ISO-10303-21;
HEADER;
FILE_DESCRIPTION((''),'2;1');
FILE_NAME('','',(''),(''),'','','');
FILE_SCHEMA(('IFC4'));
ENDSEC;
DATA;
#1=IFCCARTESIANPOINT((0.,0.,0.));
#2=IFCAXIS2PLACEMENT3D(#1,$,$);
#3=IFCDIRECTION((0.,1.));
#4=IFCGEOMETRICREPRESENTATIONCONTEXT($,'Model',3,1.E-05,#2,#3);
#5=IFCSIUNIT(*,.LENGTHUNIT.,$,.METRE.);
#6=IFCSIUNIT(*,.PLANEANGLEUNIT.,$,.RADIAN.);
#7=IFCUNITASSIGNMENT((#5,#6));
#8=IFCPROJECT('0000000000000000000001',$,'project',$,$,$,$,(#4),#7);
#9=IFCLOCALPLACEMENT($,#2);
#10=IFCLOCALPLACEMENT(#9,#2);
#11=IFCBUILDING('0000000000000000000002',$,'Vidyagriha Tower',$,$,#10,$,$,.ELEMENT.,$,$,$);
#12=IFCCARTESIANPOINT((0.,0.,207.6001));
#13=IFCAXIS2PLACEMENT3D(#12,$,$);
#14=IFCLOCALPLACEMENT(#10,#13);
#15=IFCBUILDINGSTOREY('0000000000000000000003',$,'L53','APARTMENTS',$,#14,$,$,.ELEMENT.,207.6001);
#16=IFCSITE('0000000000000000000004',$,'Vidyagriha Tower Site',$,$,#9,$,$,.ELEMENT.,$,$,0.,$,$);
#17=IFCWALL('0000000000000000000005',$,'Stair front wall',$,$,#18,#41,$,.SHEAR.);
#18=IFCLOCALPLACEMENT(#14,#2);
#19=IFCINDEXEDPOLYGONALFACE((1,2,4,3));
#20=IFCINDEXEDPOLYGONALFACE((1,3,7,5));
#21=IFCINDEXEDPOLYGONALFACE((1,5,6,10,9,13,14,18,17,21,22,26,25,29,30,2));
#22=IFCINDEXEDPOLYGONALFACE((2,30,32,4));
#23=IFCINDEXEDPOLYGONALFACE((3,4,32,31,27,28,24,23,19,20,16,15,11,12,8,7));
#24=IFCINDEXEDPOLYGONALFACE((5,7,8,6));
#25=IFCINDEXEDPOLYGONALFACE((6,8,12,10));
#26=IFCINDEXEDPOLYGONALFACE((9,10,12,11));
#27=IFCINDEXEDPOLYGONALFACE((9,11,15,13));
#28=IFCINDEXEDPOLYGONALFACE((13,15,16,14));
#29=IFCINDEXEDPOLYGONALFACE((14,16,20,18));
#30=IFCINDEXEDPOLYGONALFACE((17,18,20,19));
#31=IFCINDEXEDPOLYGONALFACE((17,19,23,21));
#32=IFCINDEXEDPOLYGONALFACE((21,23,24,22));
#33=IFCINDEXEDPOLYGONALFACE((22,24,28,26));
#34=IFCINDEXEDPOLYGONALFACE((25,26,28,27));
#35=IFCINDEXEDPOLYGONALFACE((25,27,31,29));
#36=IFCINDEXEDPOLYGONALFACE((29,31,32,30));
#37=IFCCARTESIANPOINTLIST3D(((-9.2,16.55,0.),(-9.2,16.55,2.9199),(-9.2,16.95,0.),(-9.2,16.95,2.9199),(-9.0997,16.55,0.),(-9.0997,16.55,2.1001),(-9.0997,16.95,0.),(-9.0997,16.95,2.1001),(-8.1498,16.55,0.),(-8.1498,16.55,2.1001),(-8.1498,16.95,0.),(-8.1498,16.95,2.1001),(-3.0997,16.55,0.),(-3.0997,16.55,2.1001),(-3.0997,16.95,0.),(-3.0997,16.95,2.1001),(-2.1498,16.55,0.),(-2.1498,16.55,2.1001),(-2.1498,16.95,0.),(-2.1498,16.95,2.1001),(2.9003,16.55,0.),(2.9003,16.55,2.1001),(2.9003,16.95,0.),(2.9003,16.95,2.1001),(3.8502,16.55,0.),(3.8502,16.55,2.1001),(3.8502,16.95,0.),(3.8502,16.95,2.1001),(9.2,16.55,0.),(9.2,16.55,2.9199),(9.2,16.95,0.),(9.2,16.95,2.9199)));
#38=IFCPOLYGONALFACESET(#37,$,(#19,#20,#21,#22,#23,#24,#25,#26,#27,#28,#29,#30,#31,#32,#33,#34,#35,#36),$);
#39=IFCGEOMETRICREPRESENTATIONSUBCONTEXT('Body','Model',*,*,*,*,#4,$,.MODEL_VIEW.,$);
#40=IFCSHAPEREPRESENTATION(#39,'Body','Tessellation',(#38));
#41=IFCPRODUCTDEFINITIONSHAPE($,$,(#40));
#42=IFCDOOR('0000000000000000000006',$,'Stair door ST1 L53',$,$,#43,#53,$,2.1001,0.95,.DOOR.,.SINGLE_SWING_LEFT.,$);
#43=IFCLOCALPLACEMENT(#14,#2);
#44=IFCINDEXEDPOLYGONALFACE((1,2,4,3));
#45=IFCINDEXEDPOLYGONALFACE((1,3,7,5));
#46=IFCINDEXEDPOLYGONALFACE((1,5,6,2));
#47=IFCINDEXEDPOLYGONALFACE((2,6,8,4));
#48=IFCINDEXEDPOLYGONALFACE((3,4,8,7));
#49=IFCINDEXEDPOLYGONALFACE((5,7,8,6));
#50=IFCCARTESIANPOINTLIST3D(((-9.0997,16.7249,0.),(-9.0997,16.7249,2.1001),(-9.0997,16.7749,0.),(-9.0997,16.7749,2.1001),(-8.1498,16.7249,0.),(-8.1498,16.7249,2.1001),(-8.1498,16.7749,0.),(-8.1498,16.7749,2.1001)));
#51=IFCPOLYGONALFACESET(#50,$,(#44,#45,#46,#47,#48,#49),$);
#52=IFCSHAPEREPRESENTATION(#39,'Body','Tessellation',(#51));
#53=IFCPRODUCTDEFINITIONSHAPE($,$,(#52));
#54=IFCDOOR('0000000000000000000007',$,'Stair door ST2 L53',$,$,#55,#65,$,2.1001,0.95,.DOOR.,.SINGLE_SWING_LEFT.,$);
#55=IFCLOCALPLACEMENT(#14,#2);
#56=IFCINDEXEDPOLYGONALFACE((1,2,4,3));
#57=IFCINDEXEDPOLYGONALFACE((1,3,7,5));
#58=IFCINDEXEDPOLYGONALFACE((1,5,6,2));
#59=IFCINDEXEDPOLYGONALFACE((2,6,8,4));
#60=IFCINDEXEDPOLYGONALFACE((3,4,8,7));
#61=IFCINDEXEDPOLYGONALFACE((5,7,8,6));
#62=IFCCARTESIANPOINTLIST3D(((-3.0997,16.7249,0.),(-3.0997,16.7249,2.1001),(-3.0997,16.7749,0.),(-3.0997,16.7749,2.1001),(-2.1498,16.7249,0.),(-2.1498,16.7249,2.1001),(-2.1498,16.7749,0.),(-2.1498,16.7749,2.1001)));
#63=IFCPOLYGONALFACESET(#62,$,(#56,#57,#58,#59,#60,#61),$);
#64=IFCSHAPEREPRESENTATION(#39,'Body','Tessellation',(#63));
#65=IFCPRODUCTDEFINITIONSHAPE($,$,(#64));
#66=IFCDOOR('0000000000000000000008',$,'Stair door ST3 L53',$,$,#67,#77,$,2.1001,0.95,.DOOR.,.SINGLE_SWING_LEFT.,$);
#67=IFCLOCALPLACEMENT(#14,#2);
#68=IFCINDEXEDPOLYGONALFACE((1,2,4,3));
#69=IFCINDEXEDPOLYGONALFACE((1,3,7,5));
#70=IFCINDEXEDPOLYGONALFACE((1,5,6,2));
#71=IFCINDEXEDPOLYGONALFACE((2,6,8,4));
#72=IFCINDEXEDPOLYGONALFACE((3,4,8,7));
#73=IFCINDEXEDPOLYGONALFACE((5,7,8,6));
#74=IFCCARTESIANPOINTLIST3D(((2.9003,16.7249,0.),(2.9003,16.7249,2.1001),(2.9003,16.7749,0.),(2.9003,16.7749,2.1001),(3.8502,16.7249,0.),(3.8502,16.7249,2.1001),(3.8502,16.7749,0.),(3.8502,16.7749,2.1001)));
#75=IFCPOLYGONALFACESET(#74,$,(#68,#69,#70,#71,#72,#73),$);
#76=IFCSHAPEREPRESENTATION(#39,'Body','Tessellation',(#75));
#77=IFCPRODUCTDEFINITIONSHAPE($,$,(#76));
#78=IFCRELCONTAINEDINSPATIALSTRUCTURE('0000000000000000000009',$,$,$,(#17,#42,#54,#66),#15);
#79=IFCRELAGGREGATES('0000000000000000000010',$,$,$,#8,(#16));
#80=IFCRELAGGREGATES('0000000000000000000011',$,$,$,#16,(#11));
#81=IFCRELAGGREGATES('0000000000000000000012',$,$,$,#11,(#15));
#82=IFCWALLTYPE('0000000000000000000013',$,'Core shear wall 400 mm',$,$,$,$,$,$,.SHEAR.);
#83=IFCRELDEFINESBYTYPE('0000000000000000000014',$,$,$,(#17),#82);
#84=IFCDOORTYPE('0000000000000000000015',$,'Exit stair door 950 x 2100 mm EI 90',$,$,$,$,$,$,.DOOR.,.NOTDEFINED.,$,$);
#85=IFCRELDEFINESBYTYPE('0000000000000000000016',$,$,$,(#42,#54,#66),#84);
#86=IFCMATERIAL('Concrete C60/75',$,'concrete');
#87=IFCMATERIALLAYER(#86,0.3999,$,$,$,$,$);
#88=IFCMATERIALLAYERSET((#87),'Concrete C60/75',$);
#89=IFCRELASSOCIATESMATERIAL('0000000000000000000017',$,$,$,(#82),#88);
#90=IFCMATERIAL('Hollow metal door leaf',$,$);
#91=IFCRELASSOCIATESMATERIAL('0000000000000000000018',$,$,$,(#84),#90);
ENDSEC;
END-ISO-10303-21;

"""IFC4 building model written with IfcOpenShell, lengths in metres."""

from ifc_helpers import new_model, si_unit, direction, frame, frame_2d, origin, place, context, subcontext, project, spatial, rectangle, extrude, material, layer, layer_set, type_object, element, fill, save


model = new_model("IFC4")

# Units and contexts
model_context = context("Model", 3, precision=1e-05, world=origin(), true_north=direction((0.0, 1.0)))
body_context = subcontext(model_context, "Body", "Model", "MODEL_VIEW")
ifc_project = project(units=[si_unit("LENGTHUNIT", "METRE"), si_unit("PLANEANGLEUNIT", "RADIAN")], contexts=[model_context])

# Site, building, storey
site_placement = place(None, origin())
site = spatial("IfcSite", under=ifc_project, at=site_placement, Name="Vidyagriha Tower Site", CompositionType="ELEMENT", RefElevation=0.0)
building_placement = place(site_placement, origin())
building = spatial("IfcBuilding", under=site, at=building_placement, Name="Vidyagriha Tower", CompositionType="ELEMENT")
storey_placement = place(building_placement, frame((0.0, 0.0, 207.6001)))
storey = spatial("IfcBuildingStorey", under=building, at=storey_placement, Name="L53", Description="APARTMENTS", CompositionType="ELEMENT", Elevation=207.6001)

# Shared definitions
ifc_material_1 = material(Name="Concrete C60/75", Category="concrete")
ifc_layer_1 = layer(ifc_material_1, 0.3999)
ifc_layer_set_1 = layer_set([ifc_layer_1], Name="Concrete C60/75")
wall_type = type_object("IfcWallType", Name="Core shear wall 400 mm", PredefinedType="SHEAR", material=ifc_layer_set_1)

# Wall, openings, doors
wall_1_placement = place(storey_placement, frame((-9.2, 16.75, 0.0)))
wall_1 = element("IfcWall", 1, at=wall_1_placement, inside=storey, type_object=wall_type, Name="Stair front wall", PredefinedType="SHEAR", context=body_context, shape_type="SweptSolid", body=[
    extrude(rectangle(XDim=18.3999, YDim=0.3999, at=frame_2d((9.2, 0.0))), origin(), (0.0, 0.0, 1.0), 2.9199),
])
opening_1_placement = place(wall_1_placement, frame((0.1001, 0.0, 0.0)))
opening_1 = element("IfcOpeningElement", 2, at=opening_1_placement, cuts=wall_1, PredefinedType="OPENING", context=body_context, shape_type="SweptSolid", body=[
    extrude(rectangle(XDim=0.95, YDim=2.1001, at=frame_2d((0.4751, 1.05))), frame((0.0, 0.21, 0.0), z_axis=(0.0, -1.0, 0.0), x_axis=(1.0, 0.0, 0.0)), (0.0, 0.0, 1.0), 0.4199),
])
opening_2_placement = place(wall_1_placement, frame((6.1001, 0.0, 0.0)))
opening_2 = element("IfcOpeningElement", 3, at=opening_2_placement, cuts=wall_1, PredefinedType="OPENING", context=body_context, shape_type="SweptSolid", body=[
    extrude(rectangle(XDim=0.95, YDim=2.1001, at=frame_2d((0.4751, 1.05))), frame((0.0, 0.21, 0.0), z_axis=(0.0, -1.0, 0.0), x_axis=(1.0, 0.0, 0.0)), (0.0, 0.0, 1.0), 0.4199),
])
opening_3_placement = place(wall_1_placement, frame((12.1001, 0.0, 0.0)))
opening_3 = element("IfcOpeningElement", 4, at=opening_3_placement, cuts=wall_1, PredefinedType="OPENING", context=body_context, shape_type="SweptSolid", body=[
    extrude(rectangle(XDim=0.95, YDim=2.1001, at=frame_2d((0.4751, 1.05))), frame((0.0, 0.21, 0.0), z_axis=(0.0, -1.0, 0.0), x_axis=(1.0, 0.0, 0.0)), (0.0, 0.0, 1.0), 0.4199),
])
ifc_material_2 = material(Name="Hollow metal door leaf")
door_type = type_object("IfcDoorType", Name="Exit stair door 950 x 2100 mm EI 90", OperationType="NOTDEFINED", PredefinedType="DOOR", material=ifc_material_2)
door_1_placement = place(opening_1_placement, origin())
door_1 = element("IfcDoor", 5, at=door_1_placement, inside=storey, type_object=door_type, Name="Stair door ST1 L53", OperationType="SINGLE_SWING_LEFT", OverallHeight=2.1001, OverallWidth=0.95, PredefinedType="DOOR", context=body_context, shape_type="SweptSolid", body=[
    extrude(rectangle(XDim=0.95, YDim=2.1001, at=frame_2d((0.4751, 1.05))), frame((0.0, 0.0249, 0.0), z_axis=(0.0, -1.0, 0.0), x_axis=(1.0, 0.0, 0.0)), (0.0, 0.0, 1.0), 0.05),
])
fill(opening_1, door_1)
door_2_placement = place(opening_2_placement, origin())
door_2 = element("IfcDoor", 6, at=door_2_placement, inside=storey, type_object=door_type, Name="Stair door ST2 L53", OperationType="SINGLE_SWING_LEFT", OverallHeight=2.1001, OverallWidth=0.95, PredefinedType="DOOR", context=body_context, shape_type="SweptSolid", body=[
    extrude(rectangle(XDim=0.95, YDim=2.1001, at=frame_2d((0.4751, 1.05))), frame((0.0, 0.0249, 0.0), z_axis=(0.0, -1.0, 0.0), x_axis=(1.0, 0.0, 0.0)), (0.0, 0.0, 1.0), 0.05),
])
fill(opening_2, door_2)
door_3_placement = place(opening_3_placement, origin())
door_3 = element("IfcDoor", 7, at=door_3_placement, inside=storey, type_object=door_type, Name="Stair door ST3 L53", OperationType="SINGLE_SWING_LEFT", OverallHeight=2.1001, OverallWidth=0.95, PredefinedType="DOOR", context=body_context, shape_type="SweptSolid", body=[
    extrude(rectangle(XDim=0.95, YDim=2.1001, at=frame_2d((0.4751, 1.05))), frame((0.0, 0.0249, 0.0), z_axis=(0.0, -1.0, 0.0), x_axis=(1.0, 0.0, 0.0)), (0.0, 0.0, 1.0), 0.05),
])
fill(opening_3, door_3)

save(model, "model.ifc")
